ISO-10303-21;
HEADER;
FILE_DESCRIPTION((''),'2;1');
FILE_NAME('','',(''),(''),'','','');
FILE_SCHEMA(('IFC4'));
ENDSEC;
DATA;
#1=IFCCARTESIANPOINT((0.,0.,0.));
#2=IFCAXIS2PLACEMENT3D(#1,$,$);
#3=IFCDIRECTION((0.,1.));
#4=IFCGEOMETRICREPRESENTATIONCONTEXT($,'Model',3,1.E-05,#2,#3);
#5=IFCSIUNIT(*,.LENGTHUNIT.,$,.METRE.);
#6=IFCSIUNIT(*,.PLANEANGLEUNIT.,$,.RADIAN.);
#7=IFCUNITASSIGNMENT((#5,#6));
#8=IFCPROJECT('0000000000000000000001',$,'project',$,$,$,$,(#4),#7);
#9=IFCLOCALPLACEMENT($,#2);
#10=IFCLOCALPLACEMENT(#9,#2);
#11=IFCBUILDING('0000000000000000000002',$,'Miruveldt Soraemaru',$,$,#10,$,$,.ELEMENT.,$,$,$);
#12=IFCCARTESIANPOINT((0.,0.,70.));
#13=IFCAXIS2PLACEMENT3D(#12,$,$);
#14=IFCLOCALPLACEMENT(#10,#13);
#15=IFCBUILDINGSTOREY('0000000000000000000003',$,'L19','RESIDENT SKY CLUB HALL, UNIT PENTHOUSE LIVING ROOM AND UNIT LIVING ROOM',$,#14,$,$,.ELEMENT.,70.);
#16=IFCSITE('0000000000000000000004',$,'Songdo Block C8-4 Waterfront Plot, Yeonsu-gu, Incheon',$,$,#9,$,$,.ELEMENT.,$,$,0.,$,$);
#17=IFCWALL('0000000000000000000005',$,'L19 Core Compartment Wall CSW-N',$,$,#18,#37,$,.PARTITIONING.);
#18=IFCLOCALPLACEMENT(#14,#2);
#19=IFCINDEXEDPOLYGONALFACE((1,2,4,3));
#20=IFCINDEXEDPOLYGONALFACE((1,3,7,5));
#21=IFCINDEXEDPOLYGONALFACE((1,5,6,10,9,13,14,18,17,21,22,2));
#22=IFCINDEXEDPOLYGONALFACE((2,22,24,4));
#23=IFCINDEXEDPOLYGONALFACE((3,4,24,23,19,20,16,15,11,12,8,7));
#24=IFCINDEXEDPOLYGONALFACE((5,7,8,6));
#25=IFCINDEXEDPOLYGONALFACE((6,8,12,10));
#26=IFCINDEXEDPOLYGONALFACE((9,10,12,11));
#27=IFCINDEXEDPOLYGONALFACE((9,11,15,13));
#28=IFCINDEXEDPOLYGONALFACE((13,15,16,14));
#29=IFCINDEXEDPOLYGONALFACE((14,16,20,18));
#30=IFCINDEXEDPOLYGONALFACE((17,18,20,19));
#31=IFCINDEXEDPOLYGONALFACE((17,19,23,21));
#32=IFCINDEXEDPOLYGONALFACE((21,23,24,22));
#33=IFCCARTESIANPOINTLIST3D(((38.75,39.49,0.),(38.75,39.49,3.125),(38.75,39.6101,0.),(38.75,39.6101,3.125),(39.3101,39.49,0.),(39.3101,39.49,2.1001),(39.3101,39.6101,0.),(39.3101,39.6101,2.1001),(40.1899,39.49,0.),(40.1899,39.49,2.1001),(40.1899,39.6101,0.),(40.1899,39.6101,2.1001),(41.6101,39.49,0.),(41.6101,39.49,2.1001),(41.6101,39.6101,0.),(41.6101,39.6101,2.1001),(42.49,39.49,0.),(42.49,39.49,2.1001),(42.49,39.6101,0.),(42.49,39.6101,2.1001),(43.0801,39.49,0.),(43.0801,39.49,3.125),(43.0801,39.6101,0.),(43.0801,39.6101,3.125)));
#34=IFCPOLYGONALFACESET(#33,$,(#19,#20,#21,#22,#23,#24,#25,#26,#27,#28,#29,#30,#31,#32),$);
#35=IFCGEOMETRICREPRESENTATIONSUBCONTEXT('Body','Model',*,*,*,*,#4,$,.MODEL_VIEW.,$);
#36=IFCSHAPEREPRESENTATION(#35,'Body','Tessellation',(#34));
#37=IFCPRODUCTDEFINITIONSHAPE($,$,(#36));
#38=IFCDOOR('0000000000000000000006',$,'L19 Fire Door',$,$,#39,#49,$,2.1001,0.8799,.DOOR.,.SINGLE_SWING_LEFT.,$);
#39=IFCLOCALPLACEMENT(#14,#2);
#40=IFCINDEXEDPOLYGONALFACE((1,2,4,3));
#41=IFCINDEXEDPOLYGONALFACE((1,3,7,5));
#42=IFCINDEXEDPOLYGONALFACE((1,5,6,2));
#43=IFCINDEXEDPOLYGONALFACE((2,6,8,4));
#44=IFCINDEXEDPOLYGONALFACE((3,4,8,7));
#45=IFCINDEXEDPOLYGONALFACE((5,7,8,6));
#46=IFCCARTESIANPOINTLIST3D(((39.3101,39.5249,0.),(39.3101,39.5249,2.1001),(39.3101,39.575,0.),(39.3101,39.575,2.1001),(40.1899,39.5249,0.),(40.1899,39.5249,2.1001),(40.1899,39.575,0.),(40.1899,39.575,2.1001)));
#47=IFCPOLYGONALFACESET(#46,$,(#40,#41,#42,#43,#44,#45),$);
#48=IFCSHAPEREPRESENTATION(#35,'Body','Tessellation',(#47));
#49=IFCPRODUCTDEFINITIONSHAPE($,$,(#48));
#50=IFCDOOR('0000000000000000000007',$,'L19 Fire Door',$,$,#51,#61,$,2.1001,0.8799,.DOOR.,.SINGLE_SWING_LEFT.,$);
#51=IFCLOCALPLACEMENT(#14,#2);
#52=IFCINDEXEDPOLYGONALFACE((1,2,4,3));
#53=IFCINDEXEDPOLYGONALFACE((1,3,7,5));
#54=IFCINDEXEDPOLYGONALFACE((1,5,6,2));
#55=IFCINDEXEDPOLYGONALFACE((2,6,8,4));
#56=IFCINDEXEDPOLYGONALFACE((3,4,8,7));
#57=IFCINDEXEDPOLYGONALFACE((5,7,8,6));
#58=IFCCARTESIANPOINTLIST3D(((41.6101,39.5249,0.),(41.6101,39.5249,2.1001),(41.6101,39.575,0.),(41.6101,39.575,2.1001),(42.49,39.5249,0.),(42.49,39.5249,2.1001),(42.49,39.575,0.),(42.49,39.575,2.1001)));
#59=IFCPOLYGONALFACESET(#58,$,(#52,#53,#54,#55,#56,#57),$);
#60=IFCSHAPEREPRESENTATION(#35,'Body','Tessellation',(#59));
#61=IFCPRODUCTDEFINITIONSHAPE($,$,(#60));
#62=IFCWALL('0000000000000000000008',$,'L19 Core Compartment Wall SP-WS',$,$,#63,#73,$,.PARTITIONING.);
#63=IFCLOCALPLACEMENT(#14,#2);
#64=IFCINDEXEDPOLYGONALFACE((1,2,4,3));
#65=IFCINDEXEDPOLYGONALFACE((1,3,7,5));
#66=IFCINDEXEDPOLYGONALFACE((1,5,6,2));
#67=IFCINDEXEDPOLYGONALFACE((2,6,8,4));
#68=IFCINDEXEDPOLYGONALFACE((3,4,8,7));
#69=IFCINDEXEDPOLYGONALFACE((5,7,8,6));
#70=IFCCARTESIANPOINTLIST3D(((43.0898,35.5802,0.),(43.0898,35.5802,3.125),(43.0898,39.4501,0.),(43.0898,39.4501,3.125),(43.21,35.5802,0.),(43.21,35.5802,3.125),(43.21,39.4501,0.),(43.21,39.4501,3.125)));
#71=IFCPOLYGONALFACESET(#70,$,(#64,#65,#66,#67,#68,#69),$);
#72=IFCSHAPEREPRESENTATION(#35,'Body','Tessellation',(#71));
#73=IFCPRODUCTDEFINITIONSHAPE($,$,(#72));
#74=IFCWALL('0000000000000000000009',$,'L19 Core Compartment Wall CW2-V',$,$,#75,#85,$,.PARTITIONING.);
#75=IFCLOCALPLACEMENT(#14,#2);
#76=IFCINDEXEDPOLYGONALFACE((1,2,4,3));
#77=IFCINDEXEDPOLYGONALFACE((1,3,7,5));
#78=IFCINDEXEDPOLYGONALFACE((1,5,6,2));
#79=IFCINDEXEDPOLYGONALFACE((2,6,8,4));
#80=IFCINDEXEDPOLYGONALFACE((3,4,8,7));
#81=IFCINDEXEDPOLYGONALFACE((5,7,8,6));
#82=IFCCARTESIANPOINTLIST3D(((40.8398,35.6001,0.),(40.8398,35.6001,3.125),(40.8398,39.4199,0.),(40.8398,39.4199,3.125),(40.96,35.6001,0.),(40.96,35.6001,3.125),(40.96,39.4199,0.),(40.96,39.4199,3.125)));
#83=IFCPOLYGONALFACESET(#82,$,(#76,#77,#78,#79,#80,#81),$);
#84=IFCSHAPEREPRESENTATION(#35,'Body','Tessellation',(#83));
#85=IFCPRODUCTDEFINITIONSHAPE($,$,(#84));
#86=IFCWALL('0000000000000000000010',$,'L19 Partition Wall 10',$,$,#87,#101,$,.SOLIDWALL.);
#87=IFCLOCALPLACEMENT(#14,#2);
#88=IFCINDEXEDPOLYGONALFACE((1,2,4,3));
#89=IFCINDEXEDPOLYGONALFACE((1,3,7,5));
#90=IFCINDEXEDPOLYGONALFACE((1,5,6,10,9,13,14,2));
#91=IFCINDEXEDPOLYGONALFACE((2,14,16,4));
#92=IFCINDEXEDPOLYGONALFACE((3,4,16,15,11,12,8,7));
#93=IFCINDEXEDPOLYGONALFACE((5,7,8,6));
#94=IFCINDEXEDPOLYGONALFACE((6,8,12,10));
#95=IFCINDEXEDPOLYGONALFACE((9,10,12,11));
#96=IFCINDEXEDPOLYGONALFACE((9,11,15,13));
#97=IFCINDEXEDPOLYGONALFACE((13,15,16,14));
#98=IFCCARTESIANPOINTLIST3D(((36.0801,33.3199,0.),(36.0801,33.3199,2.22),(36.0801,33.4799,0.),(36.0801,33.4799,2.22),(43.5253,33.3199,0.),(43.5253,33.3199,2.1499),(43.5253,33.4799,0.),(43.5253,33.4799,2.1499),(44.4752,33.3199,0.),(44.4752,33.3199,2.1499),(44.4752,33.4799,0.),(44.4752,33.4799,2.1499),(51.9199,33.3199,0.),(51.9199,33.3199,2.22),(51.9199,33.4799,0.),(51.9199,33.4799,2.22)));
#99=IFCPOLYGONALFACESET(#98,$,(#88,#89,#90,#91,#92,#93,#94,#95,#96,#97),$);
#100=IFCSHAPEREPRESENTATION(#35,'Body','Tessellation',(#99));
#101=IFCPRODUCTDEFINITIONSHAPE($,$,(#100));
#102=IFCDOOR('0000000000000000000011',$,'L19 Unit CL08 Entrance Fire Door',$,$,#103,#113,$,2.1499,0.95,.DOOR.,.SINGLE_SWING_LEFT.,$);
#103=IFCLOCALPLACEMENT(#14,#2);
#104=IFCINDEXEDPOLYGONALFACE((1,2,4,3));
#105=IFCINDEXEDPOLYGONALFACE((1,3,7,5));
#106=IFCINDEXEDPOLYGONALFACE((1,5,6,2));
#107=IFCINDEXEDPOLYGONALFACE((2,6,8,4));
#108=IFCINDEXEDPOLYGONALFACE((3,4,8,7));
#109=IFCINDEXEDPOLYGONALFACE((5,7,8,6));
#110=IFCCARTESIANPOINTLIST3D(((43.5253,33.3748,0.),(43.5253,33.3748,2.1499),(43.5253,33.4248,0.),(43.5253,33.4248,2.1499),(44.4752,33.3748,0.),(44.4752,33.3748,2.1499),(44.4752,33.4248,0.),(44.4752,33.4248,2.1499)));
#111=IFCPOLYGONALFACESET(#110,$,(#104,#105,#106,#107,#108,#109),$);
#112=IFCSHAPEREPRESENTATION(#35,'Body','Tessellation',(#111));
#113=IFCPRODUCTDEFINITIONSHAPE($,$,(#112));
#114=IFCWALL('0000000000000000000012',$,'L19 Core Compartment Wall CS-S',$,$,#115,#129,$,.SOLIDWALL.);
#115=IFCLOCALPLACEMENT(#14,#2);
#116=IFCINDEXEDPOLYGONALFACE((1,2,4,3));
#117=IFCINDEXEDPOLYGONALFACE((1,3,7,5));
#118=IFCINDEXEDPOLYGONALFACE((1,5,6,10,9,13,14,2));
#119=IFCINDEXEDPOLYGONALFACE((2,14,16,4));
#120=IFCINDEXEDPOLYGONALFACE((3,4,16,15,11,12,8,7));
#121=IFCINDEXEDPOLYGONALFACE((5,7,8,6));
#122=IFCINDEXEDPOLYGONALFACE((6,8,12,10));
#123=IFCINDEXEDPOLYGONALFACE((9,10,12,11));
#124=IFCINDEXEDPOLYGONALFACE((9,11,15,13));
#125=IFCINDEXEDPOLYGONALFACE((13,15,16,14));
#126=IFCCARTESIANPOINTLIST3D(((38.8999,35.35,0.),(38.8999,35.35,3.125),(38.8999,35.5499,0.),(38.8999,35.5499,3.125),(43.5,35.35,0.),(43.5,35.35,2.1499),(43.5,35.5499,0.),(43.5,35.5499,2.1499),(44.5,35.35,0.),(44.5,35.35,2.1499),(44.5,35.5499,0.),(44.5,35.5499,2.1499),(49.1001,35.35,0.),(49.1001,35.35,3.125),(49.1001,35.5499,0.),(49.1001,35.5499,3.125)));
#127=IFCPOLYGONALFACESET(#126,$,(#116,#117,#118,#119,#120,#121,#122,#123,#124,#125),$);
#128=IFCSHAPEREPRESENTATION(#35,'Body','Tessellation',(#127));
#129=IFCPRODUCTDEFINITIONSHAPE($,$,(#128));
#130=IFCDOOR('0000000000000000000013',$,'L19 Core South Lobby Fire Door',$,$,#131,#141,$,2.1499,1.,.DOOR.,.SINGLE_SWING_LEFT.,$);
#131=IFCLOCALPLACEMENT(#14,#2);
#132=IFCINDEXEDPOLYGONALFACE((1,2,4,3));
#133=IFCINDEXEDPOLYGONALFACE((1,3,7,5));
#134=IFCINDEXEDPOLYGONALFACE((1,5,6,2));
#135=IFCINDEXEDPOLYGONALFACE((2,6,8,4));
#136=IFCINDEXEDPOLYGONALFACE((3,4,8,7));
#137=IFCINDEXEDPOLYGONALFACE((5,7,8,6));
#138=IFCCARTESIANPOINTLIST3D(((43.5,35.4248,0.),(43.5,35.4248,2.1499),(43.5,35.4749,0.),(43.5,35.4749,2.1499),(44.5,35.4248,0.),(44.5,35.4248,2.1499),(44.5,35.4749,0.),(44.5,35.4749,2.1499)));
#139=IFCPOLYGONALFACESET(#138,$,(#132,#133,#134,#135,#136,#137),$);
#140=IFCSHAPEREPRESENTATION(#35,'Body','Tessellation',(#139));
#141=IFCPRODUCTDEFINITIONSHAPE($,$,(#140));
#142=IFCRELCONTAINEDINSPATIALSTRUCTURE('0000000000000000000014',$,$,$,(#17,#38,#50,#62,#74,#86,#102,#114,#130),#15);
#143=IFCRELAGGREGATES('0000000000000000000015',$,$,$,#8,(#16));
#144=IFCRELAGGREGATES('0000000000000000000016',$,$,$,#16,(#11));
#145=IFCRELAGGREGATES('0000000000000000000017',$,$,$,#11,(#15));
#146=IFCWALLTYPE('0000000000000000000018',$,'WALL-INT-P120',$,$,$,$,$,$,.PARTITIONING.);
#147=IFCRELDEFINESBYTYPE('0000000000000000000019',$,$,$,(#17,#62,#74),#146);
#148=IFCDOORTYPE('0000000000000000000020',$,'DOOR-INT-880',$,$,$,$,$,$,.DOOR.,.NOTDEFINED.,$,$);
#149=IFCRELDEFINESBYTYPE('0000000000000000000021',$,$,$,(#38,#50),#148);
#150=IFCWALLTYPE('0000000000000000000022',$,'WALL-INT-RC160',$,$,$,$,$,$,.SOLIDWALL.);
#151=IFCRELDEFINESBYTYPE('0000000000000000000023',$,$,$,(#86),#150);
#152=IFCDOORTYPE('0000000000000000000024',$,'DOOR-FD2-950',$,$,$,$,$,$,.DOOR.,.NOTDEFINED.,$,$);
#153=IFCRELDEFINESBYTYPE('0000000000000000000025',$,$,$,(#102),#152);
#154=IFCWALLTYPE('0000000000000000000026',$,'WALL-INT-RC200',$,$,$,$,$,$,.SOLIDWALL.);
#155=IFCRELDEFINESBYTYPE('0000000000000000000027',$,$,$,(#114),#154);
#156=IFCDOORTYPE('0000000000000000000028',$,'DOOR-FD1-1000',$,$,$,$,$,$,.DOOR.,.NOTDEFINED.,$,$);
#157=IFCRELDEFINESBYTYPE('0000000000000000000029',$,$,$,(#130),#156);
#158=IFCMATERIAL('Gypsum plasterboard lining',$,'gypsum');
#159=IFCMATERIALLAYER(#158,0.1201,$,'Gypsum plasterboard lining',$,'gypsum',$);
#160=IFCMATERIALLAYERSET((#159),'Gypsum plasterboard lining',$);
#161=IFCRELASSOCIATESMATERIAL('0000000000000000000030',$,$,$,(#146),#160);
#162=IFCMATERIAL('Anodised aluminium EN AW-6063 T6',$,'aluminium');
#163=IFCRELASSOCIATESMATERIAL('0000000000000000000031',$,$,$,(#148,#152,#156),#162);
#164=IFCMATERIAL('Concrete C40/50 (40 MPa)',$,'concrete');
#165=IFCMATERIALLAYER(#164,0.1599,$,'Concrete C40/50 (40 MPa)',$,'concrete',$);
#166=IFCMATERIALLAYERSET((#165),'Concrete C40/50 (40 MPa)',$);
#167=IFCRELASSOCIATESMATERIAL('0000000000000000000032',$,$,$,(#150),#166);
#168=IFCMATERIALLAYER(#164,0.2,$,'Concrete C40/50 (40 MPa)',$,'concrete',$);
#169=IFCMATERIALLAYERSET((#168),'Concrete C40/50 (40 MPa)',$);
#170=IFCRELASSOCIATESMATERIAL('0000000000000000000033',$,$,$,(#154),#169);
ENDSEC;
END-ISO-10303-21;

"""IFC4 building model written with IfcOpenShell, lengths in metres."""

from ifc_helpers import new_model, si_unit, direction, frame, frame_2d, origin, place, context, subcontext, project, spatial, rectangle, extrude, material, layer, layer_set, type_object, element, fill, save


model = new_model("IFC4")

# Units and contexts
model_context = context("Model", 3, precision=1e-05, world=origin(), true_north=direction((0.0, 1.0)))
body_context = subcontext(model_context, "Body", "Model", "MODEL_VIEW")
ifc_project = project(units=[si_unit("LENGTHUNIT", "METRE"), si_unit("PLANEANGLEUNIT", "RADIAN")], contexts=[model_context])

# Site, building, storey
site_placement = place(None, origin())
site = spatial("IfcSite", under=ifc_project, at=site_placement, Name="Songdo Block C8-4 Waterfront Plot, Yeonsu-gu, Incheon", CompositionType="ELEMENT", RefElevation=0.0)
building_placement = place(site_placement, origin())
building = spatial("IfcBuilding", under=site, at=building_placement, Name="Miruveldt Soraemaru", CompositionType="ELEMENT")
storey_placement = place(building_placement, frame((0.0, 0.0, 70.0)))
storey = spatial("IfcBuildingStorey", under=building, at=storey_placement, Name="L19", Description="RESIDENT SKY CLUB HALL, UNIT PENTHOUSE LIVING ROOM AND UNIT LIVING ROOM", CompositionType="ELEMENT", Elevation=70.0)

# Wall, openings, doors
ifc_material_1 = material(Name="Gypsum plasterboard lining", Category="gypsum")
ifc_layer_1 = layer(ifc_material_1, 0.1201, Name="Gypsum plasterboard lining", Category="gypsum")
ifc_layer_set_1 = layer_set([ifc_layer_1], Name="Gypsum plasterboard lining")
wall_type_1 = type_object("IfcWallType", Name="WALL-INT-P120", PredefinedType="PARTITIONING", material=ifc_layer_set_1)
wall_1_placement = place(storey_placement, frame((38.75, 39.55, 0.0), z_axis=(0.0, 0.0, 1.0), x_axis=(1.0, 0.0, 0.0)))
wall_1 = element("IfcWall", 1, at=wall_1_placement, inside=storey, type_object=wall_type_1, Name="L19 Core Compartment Wall CSW-N", PredefinedType="PARTITIONING", context=body_context, shape_type="SweptSolid", body=[
    extrude(rectangle(XDim=4.3301, YDim=0.1201, at=frame_2d((2.165, 0.0))), origin(), (0.0, 0.0, 1.0), 3.125),
])
opening_1_placement = place(wall_1_placement, frame((0.5601, 0.0, 0.0)))
opening_1 = element("IfcOpeningElement", 2, at=opening_1_placement, cuts=wall_1, PredefinedType="OPENING", context=body_context, shape_type="SweptSolid", body=[
    extrude(rectangle(XDim=0.8799, YDim=2.1001, at=frame_2d((0.4399, 1.05))), frame((0.0, 0.0701, 0.0), z_axis=(0.0, -1.0, 0.0), x_axis=(1.0, 0.0, 0.0)), (0.0, 0.0, 1.0), 0.1401),
])
opening_2_placement = place(wall_1_placement, frame((2.8601, 0.0, 0.0)))
opening_2 = element("IfcOpeningElement", 3, at=opening_2_placement, cuts=wall_1, PredefinedType="OPENING", context=body_context, shape_type="SweptSolid", body=[
    extrude(rectangle(XDim=0.8799, YDim=2.1001, at=frame_2d((0.4399, 1.05))), frame((0.0, 0.0701, 0.0), z_axis=(0.0, -1.0, 0.0), x_axis=(1.0, 0.0, 0.0)), (0.0, 0.0, 1.0), 0.1401),
])
ifc_material_2 = material(Name="Anodised aluminium EN AW-6063 T6", Category="aluminium")
door_type_1 = type_object("IfcDoorType", Name="DOOR-INT-880", OperationType="NOTDEFINED", PredefinedType="DOOR", material=ifc_material_2)
door_1_placement = place(opening_1_placement, origin())
door_1 = element("IfcDoor", 4, at=door_1_placement, inside=storey, type_object=door_type_1, Name="L19 Fire Door", OperationType="SINGLE_SWING_LEFT", OverallHeight=2.1001, OverallWidth=0.8799, PredefinedType="DOOR", context=body_context, shape_type="SweptSolid", body=[
    extrude(rectangle(XDim=0.8799, YDim=2.1001, at=frame_2d((0.4399, 1.05))), frame((0.0, 0.0249, 0.0), z_axis=(0.0, -1.0, 0.0), x_axis=(1.0, 0.0, 0.0)), (0.0, 0.0, 1.0), 0.05),
])
fill(opening_1, door_1)
door_2_placement = place(opening_2_placement, origin())
door_2 = element("IfcDoor", 5, at=door_2_placement, inside=storey, type_object=door_type_1, Name="L19 Fire Door", OperationType="SINGLE_SWING_LEFT", OverallHeight=2.1001, OverallWidth=0.8799, PredefinedType="DOOR", context=body_context, shape_type="SweptSolid", body=[
    extrude(rectangle(XDim=0.8799, YDim=2.1001, at=frame_2d((0.4399, 1.05))), frame((0.0, 0.0249, 0.0), z_axis=(0.0, -1.0, 0.0), x_axis=(1.0, 0.0, 0.0)), (0.0, 0.0, 1.0), 0.05),
])
fill(opening_2, door_2)

# Walls
wall_2_placement = place(storey_placement, frame((43.1499, 35.5801, 0.0), z_axis=(0.0, 0.0, 1.0), x_axis=(0.0, 1.0, 0.0)))
element("IfcWall", 6, at=wall_2_placement, inside=storey, type_object=wall_type_1, Name="L19 Core Compartment Wall SP-WS", PredefinedType="PARTITIONING", context=body_context, shape_type="SweptSolid", body=[
    extrude(rectangle(XDim=3.8699, YDim=0.1201, at=frame_2d((1.9351, 0.0))), origin(), (0.0, 0.0, 1.0), 3.125),
])
wall_3_placement = place(storey_placement, frame((40.8999, 35.6001, 0.0), z_axis=(0.0, 0.0, 1.0), x_axis=(0.0, 1.0, 0.0)))
element("IfcWall", 7, at=wall_3_placement, inside=storey, type_object=wall_type_1, Name="L19 Core Compartment Wall CW2-V", PredefinedType="PARTITIONING", context=body_context, shape_type="SweptSolid", body=[
    extrude(rectangle(XDim=3.8198, YDim=0.1201, at=frame_2d((1.9099, 0.0))), origin(), (0.0, 0.0, 1.0), 3.125),
])

# Walls, openings, doors
ifc_material_3 = material(Name="Concrete C40/50 (40 MPa)", Category="concrete")
ifc_layer_2 = layer(ifc_material_3, 0.1599, Name="Concrete C40/50 (40 MPa)", Category="concrete")
ifc_layer_set_2 = layer_set([ifc_layer_2], Name="Concrete C40/50 (40 MPa)")
wall_type_2 = type_object("IfcWallType", Name="WALL-INT-RC160", PredefinedType="SOLIDWALL", material=ifc_layer_set_2)
wall_4_placement = place(storey_placement, frame((36.0801, 33.3999, 0.0), z_axis=(0.0, 0.0, 1.0), x_axis=(1.0, 0.0, 0.0)))
wall_4 = element("IfcWall", 8, at=wall_4_placement, inside=storey, type_object=wall_type_2, Name="L19 Partition Wall 10", PredefinedType="SOLIDWALL", context=body_context, shape_type="SweptSolid", body=[
    extrude(rectangle(XDim=15.8398, YDim=0.1599, at=frame_2d((7.9199, 0.0))), origin(), (0.0, 0.0, 1.0), 2.22),
])
opening_3_placement = place(wall_4_placement, frame((7.4451, 0.0, 0.0)))
opening_3 = element("IfcOpeningElement", 9, at=opening_3_placement, cuts=wall_4, PredefinedType="OPENING", context=body_context, shape_type="SweptSolid", body=[
    extrude(rectangle(XDim=0.95, YDim=2.1499, at=frame_2d((0.4751, 1.075))), frame((0.0, 0.0898, 0.0), z_axis=(0.0, -1.0, 0.0), x_axis=(1.0, 0.0, 0.0)), (0.0, 0.0, 1.0), 0.1799),
])
door_type_2 = type_object("IfcDoorType", Name="DOOR-FD2-950", OperationType="NOTDEFINED", PredefinedType="DOOR", material=ifc_material_2)
door_3_placement = place(opening_3_placement, origin())
door_3 = element("IfcDoor", 10, at=door_3_placement, inside=storey, type_object=door_type_2, Name="L19 Unit CL08 Entrance Fire Door", OperationType="SINGLE_SWING_LEFT", OverallHeight=2.1499, OverallWidth=0.95, PredefinedType="DOOR", context=body_context, shape_type="SweptSolid", body=[
    extrude(rectangle(XDim=0.95, YDim=2.1499, at=frame_2d((0.4751, 1.075))), frame((0.0, 0.0249, 0.0), z_axis=(0.0, -1.0, 0.0), x_axis=(1.0, 0.0, 0.0)), (0.0, 0.0, 1.0), 0.05),
])
fill(opening_3, door_3)
ifc_layer_3 = layer(ifc_material_3, 0.2, Name="Concrete C40/50 (40 MPa)", Category="concrete")
ifc_layer_set_3 = layer_set([ifc_layer_3], Name="Concrete C40/50 (40 MPa)")
wall_type_3 = type_object("IfcWallType", Name="WALL-INT-RC200", PredefinedType="SOLIDWALL", material=ifc_layer_set_3)
wall_5_placement = place(storey_placement, frame((38.8999, 35.45, 0.0), z_axis=(0.0, 0.0, 1.0), x_axis=(1.0, 0.0, 0.0)))
wall_5 = element("IfcWall", 11, at=wall_5_placement, inside=storey, type_object=wall_type_3, Name="L19 Core Compartment Wall CS-S", PredefinedType="SOLIDWALL", context=body_context, shape_type="SweptSolid", body=[
    extrude(rectangle(XDim=10.2002, YDim=0.2, at=frame_2d((5.1001, 0.0))), origin(), (0.0, 0.0, 1.0), 3.125),
])
opening_4_placement = place(wall_5_placement, frame((4.6001, 0.0, 0.0)))
opening_4 = element("IfcOpeningElement", 12, at=opening_4_placement, cuts=wall_5, PredefinedType="OPENING", context=body_context, shape_type="SweptSolid", body=[
    extrude(rectangle(XDim=1.0, YDim=2.1499, at=frame_2d((0.5, 1.075))), frame((0.0, 0.1099, 0.0), z_axis=(0.0, -1.0, 0.0), x_axis=(1.0, 0.0, 0.0)), (0.0, 0.0, 1.0), 0.22),
])
door_type_3 = type_object("IfcDoorType", Name="DOOR-FD1-1000", OperationType="NOTDEFINED", PredefinedType="DOOR", material=ifc_material_2)
door_4_placement = place(opening_4_placement, origin())
door_4 = element("IfcDoor", 13, at=door_4_placement, inside=storey, type_object=door_type_3, Name="L19 Core South Lobby Fire Door", OperationType="SINGLE_SWING_LEFT", OverallHeight=2.1499, OverallWidth=1.0, PredefinedType="DOOR", context=body_context, shape_type="SweptSolid", body=[
    extrude(rectangle(XDim=1.0, YDim=2.1499, at=frame_2d((0.5, 1.075))), frame((0.0, 0.0249, 0.0), z_axis=(0.0, -1.0, 0.0), x_axis=(1.0, 0.0, 0.0)), (0.0, 0.0, 1.0), 0.05),
])
fill(opening_4, door_4)

save(model, "model.ifc")
